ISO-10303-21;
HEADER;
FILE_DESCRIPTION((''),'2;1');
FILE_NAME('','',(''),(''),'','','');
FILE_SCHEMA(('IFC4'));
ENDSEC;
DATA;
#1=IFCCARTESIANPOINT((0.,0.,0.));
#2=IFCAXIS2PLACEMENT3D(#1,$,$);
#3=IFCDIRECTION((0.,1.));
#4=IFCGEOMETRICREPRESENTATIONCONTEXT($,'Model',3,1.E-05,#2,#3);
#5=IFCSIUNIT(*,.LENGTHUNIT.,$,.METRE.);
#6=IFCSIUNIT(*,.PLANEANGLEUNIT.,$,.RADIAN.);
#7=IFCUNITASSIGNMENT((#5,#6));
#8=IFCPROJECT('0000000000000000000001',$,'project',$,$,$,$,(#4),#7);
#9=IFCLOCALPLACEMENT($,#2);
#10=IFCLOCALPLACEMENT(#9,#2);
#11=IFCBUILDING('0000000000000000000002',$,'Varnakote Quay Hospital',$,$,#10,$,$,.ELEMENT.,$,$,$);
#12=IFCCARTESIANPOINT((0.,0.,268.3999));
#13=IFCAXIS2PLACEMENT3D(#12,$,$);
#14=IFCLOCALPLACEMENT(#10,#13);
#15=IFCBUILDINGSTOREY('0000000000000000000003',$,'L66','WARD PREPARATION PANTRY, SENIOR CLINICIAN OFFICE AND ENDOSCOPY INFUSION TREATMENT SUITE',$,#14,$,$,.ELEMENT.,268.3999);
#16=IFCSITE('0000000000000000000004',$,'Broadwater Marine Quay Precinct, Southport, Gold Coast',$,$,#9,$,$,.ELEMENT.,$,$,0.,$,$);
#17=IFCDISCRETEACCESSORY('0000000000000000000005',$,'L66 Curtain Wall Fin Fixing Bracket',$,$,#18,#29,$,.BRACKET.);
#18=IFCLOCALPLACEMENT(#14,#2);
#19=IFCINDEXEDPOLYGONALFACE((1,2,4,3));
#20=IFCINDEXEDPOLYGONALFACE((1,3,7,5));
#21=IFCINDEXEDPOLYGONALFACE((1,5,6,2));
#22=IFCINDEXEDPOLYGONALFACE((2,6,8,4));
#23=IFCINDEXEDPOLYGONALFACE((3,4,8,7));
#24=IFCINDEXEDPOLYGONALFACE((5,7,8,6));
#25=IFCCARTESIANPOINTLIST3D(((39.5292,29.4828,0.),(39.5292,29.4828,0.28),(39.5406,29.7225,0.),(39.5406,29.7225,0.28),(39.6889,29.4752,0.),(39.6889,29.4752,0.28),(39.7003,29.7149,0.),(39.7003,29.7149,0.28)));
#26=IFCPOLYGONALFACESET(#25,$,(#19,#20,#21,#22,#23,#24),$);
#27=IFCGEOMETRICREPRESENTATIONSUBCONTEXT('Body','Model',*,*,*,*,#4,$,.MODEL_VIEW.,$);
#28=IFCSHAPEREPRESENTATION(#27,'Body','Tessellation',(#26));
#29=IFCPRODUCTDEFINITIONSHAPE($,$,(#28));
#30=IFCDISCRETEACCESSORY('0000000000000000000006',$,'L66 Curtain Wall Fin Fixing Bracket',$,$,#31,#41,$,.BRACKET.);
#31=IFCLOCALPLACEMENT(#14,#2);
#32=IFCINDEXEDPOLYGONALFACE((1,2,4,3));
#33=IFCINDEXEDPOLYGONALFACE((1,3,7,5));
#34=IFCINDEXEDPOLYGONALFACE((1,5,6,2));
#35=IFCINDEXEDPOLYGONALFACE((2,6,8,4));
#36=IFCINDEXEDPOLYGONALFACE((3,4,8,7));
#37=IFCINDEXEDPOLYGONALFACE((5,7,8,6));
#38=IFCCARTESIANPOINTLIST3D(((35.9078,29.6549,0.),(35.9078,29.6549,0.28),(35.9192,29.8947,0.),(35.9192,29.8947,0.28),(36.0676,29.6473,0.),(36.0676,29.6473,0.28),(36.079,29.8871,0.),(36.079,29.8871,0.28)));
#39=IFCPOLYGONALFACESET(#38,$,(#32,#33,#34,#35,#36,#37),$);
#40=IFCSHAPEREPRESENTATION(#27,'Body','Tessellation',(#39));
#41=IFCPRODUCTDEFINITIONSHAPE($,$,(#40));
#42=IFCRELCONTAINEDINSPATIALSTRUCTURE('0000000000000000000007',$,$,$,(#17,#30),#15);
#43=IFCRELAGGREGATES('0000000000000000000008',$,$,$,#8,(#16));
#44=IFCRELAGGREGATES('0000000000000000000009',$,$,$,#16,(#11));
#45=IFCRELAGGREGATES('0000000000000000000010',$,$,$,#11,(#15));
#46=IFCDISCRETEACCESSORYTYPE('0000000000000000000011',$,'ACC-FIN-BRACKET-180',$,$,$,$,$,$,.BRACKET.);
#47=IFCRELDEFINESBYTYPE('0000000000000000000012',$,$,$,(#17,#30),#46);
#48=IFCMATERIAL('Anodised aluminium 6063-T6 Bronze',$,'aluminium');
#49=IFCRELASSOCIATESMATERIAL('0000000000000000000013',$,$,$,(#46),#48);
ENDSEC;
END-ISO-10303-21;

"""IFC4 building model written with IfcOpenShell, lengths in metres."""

from ifc_helpers import new_model, si_unit, direction, frame, origin, origin_2d, place, context, subcontext, project, spatial, rectangle, extrude, material, type_object, element, save


model = new_model("IFC4")

# Units and contexts
model_context = context("Model", 3, precision=1e-05, world=origin(), true_north=direction((0.0, 1.0)))
body_context = subcontext(model_context, "Body", "Model", "MODEL_VIEW")
ifc_project = project(units=[si_unit("LENGTHUNIT", "METRE"), si_unit("PLANEANGLEUNIT", "RADIAN")], contexts=[model_context])

# Site, building, storey
site_placement = place(None, origin())
site = spatial("IfcSite", under=ifc_project, at=site_placement, Name="Broadwater Marine Quay Precinct, Southport, Gold Coast", CompositionType="ELEMENT", RefElevation=0.0)
building_placement = place(site_placement, origin())
building = spatial("IfcBuilding", under=site, at=building_placement, Name="Varnakote Quay Hospital", CompositionType="ELEMENT")
storey_placement = place(building_placement, frame((0.0, 0.0, 268.3999)))
storey = spatial("IfcBuildingStorey", under=building, at=storey_placement, Name="L66", Description="WARD PREPARATION PANTRY, SENIOR CLINICIAN OFFICE AND ENDOSCOPY INFUSION TREATMENT SUITE", CompositionType="ELEMENT", Elevation=268.3999)

# Discrete accessories
ifc_material_1 = material(Name="Anodised aluminium 6063-T6 Bronze", Category="aluminium")
discrete_accessory_type = type_object("IfcDiscreteAccessoryType", Name="ACC-FIN-BRACKET-180", PredefinedType="BRACKET", material=ifc_material_1)
for number, where, z_axis, x_axis, name in (
    (1, (39.6147, 29.5989, 0.0), (0.0, 0.0, 1.0), (-0.998873, 0.047455, 0.0), "L66 Curtain Wall Fin Fixing Bracket"),
    (2, (35.9934, 29.771, 0.0), (0.0, 0.0, 1.0), (-0.998873, 0.047455, 0.0), "L66 Curtain Wall Fin Fixing Bracket"),
):
    element("IfcDiscreteAccessory", number, at=place(storey_placement, frame(where, z_axis=z_axis, x_axis=x_axis)), inside=storey, type_object=discrete_accessory_type, Name=name, PredefinedType="BRACKET", context=body_context, shape_type="SweptSolid", body=[
        extrude(rectangle(XDim=0.1599, YDim=0.24, at=origin_2d()), origin(), (0.0, 0.0, 1.0), 0.28),
    ])

save(model, "model.ifc")
